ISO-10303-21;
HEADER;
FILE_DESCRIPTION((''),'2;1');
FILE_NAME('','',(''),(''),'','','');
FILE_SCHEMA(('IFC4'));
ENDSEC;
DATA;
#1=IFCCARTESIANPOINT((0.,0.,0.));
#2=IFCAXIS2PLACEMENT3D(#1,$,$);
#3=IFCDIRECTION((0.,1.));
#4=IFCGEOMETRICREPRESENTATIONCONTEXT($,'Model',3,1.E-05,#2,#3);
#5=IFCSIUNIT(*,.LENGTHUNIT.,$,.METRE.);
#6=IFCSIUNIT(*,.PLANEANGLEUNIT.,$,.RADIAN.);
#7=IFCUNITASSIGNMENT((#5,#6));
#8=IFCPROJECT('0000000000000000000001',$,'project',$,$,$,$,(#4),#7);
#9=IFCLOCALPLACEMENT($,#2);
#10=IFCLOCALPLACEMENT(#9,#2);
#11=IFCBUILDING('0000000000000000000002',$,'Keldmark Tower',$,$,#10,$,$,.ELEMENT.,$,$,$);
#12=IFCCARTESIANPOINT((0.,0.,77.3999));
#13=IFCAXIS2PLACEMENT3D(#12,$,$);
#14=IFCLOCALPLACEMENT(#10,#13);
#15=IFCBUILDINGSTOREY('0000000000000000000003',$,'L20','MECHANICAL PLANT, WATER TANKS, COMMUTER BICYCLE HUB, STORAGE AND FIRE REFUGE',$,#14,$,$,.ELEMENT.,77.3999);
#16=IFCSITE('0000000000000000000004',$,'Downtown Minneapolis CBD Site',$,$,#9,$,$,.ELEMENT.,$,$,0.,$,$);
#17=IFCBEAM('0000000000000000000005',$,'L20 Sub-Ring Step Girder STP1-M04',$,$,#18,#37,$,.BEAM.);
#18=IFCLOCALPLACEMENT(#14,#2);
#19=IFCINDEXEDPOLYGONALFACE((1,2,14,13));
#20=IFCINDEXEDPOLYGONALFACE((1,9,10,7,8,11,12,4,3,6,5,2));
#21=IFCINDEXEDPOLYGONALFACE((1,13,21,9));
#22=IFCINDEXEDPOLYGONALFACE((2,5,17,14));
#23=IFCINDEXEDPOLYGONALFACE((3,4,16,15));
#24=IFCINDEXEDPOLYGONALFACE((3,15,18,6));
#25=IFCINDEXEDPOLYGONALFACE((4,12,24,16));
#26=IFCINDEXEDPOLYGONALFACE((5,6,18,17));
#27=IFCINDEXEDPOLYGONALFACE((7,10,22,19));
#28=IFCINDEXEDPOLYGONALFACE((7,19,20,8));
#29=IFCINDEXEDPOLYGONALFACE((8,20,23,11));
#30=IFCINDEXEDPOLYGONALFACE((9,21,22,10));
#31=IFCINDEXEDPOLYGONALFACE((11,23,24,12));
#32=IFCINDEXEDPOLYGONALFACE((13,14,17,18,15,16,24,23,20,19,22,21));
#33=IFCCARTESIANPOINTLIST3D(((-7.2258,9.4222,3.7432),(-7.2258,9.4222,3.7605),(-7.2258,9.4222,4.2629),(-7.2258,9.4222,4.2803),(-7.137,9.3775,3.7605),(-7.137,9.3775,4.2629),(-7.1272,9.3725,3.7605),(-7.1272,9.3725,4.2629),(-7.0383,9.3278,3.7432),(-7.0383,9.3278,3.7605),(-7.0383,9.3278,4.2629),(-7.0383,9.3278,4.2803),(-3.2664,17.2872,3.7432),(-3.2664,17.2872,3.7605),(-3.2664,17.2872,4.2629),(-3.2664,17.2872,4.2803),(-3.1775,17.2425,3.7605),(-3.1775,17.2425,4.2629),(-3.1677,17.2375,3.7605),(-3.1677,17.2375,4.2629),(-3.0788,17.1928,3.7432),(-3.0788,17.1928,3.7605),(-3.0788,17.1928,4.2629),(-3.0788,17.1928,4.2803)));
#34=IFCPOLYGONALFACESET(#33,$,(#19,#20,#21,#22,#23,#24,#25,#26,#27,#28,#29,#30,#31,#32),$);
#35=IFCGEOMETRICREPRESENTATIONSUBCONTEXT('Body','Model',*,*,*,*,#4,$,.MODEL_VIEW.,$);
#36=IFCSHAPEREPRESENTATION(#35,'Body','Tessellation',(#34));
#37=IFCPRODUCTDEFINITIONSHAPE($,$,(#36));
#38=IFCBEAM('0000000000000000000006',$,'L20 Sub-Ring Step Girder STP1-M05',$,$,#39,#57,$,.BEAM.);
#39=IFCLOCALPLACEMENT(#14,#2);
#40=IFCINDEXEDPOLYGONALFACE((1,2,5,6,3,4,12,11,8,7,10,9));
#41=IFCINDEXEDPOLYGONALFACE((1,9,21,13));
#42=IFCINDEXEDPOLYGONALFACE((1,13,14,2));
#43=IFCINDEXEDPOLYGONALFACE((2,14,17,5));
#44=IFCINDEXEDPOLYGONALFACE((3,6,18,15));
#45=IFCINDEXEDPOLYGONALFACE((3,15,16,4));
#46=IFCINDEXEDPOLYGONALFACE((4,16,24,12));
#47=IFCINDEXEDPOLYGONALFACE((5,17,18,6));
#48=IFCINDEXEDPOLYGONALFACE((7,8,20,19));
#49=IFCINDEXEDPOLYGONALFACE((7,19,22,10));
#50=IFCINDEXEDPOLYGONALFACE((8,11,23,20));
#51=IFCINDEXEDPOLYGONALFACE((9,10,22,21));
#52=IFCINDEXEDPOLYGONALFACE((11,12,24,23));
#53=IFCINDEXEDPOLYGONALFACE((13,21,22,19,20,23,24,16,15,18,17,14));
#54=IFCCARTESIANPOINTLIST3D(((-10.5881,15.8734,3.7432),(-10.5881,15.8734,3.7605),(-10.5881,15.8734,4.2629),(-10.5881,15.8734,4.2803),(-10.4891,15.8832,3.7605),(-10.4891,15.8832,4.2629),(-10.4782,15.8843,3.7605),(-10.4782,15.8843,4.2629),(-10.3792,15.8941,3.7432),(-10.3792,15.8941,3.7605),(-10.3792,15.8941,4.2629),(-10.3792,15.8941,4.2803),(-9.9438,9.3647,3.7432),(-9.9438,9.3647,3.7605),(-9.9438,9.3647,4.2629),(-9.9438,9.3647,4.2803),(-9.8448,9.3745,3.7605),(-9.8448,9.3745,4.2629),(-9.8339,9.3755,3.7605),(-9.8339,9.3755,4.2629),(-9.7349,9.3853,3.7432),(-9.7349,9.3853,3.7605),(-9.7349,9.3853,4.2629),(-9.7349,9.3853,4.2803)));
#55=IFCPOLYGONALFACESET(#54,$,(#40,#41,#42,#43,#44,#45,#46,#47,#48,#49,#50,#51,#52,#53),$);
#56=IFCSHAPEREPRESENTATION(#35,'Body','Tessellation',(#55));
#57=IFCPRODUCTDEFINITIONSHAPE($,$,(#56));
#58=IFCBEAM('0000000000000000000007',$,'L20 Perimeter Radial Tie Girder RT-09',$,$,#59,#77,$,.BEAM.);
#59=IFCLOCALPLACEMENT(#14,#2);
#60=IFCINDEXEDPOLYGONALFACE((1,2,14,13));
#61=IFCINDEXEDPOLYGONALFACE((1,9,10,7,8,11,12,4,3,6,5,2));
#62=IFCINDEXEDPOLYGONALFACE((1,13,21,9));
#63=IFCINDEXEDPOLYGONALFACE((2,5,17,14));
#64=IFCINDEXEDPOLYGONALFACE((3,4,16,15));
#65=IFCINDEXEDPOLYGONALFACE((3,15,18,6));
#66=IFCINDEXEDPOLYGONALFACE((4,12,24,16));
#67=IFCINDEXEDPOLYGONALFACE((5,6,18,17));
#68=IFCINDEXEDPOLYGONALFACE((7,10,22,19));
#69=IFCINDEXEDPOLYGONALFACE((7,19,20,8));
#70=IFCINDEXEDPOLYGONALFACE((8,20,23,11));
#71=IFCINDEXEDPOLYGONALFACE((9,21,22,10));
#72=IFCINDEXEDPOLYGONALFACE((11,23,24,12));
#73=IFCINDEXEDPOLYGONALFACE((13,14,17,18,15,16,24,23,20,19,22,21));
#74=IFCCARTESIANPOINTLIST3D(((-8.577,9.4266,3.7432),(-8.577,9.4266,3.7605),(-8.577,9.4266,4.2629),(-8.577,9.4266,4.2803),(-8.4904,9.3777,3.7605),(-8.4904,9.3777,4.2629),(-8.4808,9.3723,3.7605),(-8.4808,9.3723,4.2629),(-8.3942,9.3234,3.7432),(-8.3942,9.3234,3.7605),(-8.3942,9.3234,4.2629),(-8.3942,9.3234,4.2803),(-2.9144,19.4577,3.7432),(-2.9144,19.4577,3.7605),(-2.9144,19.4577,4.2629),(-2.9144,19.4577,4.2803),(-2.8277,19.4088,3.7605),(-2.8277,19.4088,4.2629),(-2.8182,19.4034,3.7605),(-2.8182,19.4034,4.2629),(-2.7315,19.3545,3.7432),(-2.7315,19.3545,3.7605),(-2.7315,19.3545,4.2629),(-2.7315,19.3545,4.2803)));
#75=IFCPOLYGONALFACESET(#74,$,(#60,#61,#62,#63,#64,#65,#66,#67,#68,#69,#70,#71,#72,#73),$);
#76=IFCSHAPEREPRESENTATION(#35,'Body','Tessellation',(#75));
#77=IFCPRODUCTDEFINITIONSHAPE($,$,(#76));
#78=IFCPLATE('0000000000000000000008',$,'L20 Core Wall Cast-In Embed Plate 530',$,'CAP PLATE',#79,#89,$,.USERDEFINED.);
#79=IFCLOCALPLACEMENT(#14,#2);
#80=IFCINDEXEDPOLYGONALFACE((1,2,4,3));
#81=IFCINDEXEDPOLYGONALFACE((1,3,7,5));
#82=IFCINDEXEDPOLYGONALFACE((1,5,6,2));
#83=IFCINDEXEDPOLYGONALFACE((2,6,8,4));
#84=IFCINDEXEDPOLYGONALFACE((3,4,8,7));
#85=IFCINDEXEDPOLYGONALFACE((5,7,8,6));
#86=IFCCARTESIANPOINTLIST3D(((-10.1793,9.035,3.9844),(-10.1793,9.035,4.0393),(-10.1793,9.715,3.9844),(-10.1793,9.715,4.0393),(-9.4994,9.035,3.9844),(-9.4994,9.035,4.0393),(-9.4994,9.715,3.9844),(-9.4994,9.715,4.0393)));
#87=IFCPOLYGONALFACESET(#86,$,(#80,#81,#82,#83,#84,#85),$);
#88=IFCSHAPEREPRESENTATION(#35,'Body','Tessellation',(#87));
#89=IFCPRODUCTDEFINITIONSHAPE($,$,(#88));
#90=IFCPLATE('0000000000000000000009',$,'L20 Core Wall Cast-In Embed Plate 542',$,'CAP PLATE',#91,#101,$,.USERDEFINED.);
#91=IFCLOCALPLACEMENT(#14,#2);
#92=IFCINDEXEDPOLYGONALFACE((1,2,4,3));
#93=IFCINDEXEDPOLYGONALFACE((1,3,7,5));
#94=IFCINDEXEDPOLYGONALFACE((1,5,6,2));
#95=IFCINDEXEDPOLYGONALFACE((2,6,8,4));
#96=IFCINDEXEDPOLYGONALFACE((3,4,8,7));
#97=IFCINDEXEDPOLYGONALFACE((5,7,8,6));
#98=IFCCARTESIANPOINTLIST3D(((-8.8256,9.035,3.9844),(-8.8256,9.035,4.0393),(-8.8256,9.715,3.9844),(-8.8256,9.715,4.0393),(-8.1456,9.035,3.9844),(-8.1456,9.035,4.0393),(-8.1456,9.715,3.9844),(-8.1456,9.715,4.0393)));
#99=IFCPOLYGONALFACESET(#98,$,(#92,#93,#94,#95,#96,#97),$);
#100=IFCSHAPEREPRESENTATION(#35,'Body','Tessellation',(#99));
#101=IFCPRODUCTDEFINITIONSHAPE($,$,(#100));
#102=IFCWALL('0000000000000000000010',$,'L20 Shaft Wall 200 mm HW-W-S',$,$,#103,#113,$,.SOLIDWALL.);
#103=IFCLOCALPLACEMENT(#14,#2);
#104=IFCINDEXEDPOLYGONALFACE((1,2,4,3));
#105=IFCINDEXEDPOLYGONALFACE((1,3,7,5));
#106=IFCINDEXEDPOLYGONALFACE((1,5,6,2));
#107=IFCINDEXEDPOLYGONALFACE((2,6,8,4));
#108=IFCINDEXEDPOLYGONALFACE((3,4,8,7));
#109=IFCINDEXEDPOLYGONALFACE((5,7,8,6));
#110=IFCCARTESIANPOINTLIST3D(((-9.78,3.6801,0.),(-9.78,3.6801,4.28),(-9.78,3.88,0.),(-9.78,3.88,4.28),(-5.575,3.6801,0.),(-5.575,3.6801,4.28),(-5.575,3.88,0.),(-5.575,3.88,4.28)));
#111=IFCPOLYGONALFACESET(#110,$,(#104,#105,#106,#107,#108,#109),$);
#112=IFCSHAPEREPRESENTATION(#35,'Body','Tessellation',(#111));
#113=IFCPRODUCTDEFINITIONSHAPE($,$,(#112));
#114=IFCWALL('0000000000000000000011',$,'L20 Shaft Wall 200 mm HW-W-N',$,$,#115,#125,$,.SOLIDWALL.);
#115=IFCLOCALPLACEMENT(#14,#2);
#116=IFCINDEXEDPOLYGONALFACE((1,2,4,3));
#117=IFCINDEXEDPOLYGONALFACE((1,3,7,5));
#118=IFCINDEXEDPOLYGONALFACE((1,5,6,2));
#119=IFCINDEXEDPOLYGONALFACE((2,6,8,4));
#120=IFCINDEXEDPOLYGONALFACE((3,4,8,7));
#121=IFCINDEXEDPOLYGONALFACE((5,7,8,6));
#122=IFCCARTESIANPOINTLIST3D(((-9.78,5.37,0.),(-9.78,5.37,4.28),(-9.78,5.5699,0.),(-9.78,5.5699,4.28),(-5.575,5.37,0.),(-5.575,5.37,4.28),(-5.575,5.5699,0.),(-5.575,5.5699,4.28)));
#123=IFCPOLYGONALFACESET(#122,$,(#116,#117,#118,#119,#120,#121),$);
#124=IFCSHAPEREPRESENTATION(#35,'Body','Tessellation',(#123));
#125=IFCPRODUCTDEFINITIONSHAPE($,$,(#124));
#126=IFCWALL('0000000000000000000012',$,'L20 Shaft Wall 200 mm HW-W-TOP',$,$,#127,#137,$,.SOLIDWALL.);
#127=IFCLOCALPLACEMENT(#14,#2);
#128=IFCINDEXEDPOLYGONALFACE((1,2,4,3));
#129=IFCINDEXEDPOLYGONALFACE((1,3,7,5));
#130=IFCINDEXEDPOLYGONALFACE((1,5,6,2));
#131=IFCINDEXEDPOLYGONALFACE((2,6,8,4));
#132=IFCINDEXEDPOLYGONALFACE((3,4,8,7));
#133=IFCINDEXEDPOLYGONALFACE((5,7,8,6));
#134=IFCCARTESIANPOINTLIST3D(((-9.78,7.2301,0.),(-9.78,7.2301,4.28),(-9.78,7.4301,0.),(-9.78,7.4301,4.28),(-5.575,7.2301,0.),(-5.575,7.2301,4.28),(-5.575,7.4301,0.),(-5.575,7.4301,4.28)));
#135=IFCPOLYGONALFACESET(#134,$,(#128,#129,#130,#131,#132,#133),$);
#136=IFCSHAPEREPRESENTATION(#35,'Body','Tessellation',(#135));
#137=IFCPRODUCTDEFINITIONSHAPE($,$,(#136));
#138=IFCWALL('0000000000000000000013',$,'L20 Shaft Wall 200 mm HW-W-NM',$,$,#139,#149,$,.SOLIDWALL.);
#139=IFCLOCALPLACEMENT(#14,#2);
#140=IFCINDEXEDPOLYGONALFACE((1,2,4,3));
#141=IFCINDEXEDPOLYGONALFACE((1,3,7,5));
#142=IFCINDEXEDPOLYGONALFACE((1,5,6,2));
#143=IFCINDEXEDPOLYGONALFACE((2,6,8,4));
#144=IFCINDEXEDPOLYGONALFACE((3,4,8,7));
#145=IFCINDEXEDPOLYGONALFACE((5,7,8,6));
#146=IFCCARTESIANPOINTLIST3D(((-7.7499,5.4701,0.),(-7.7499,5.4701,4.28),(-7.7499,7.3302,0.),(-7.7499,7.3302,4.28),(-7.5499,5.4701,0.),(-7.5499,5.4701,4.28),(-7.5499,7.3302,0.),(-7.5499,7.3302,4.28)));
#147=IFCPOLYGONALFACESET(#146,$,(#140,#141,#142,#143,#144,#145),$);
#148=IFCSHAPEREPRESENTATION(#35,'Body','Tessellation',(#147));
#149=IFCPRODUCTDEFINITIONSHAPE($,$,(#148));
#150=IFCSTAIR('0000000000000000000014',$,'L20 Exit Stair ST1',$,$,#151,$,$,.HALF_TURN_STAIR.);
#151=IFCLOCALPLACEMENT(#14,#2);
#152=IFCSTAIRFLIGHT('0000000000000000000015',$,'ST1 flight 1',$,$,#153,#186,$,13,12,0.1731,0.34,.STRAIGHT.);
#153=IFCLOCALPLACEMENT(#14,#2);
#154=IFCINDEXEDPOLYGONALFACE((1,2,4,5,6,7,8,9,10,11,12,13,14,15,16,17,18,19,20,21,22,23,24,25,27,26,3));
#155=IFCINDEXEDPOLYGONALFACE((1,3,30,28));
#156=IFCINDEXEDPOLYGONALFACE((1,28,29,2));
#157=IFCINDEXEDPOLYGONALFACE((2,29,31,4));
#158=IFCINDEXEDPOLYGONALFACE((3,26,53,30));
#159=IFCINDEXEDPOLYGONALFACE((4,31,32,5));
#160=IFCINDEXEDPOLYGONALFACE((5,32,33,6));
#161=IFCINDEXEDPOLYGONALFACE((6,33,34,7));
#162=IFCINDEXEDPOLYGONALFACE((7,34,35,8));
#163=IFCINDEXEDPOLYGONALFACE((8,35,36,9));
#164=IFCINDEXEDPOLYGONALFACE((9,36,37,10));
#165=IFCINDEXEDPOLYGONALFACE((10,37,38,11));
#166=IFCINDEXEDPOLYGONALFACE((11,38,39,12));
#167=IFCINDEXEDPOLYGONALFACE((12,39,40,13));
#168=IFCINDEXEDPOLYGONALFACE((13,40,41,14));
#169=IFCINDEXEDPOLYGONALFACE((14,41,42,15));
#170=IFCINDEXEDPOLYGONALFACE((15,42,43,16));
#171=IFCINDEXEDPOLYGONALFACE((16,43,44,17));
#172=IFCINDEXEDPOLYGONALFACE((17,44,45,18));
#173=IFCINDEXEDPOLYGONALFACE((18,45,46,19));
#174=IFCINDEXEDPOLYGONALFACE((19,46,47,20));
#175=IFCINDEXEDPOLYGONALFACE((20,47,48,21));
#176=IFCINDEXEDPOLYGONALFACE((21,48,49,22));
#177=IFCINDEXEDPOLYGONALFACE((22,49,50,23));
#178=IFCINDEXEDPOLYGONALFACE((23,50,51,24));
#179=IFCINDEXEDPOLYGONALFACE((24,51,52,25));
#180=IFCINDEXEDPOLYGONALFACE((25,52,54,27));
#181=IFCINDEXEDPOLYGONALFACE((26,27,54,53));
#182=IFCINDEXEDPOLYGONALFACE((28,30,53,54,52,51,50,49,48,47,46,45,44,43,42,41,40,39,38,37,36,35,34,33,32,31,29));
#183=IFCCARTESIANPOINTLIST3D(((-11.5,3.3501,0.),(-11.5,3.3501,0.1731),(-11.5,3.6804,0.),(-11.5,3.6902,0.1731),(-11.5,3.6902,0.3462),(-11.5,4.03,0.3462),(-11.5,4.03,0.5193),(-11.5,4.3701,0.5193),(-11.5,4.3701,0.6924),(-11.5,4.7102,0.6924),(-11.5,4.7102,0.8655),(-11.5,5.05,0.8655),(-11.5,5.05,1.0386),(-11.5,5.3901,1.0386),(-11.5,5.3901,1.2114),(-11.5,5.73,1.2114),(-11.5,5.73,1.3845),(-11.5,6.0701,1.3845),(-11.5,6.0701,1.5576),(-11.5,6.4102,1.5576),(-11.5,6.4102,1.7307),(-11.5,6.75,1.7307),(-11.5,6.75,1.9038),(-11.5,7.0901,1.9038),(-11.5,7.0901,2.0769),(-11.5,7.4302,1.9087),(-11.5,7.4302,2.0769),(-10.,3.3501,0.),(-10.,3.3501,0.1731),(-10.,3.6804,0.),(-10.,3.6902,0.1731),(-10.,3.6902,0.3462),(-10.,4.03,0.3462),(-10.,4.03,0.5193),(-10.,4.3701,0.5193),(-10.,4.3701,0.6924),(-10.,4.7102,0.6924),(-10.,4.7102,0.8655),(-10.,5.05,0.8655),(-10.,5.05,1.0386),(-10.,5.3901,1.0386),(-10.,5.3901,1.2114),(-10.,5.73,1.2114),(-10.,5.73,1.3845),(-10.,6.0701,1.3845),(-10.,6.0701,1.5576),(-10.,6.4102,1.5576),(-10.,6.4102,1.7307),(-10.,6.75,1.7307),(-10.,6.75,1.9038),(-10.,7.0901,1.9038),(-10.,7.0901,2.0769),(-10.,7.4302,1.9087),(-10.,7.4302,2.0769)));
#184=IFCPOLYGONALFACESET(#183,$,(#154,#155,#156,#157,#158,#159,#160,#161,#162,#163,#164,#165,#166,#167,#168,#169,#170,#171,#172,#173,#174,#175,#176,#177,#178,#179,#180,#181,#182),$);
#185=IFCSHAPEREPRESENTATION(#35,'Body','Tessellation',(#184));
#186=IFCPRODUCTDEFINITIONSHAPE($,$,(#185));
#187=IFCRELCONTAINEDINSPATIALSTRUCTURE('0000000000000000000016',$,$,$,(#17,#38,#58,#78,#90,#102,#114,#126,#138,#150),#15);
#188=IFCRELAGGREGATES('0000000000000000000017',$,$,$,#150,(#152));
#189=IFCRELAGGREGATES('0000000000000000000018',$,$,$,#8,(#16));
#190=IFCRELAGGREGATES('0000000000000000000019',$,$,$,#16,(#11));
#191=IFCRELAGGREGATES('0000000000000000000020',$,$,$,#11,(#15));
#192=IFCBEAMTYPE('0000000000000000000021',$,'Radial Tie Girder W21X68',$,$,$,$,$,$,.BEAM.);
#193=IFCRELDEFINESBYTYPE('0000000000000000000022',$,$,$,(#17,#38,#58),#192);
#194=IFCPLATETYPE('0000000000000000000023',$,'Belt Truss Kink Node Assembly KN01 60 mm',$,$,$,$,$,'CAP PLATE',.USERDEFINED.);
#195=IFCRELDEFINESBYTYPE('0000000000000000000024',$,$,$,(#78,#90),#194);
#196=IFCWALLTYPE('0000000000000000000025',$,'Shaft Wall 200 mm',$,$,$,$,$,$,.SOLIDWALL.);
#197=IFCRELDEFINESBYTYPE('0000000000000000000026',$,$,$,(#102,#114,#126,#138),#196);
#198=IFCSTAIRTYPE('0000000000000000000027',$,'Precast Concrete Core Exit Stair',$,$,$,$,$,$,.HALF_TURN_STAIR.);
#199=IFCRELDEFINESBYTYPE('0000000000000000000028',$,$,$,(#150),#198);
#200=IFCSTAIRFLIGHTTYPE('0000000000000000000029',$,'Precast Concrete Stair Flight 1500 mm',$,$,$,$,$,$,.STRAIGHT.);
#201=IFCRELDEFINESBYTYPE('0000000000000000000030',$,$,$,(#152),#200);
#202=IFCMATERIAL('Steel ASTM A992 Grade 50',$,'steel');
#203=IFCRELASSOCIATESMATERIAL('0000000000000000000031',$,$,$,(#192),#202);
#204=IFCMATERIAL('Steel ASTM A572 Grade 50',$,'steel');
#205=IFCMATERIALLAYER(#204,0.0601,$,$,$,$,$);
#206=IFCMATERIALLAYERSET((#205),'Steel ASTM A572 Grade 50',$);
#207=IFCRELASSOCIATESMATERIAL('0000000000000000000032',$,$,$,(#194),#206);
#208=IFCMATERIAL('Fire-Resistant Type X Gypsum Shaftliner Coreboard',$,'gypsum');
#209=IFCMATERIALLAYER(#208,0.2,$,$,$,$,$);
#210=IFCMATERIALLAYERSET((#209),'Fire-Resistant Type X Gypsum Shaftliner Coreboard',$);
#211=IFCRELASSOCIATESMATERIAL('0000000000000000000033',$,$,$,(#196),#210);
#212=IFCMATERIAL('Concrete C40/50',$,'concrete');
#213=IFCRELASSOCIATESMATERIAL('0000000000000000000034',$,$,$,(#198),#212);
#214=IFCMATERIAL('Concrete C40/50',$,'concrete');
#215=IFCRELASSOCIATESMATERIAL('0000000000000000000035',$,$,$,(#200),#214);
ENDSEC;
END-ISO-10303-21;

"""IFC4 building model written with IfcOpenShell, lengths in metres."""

from ifc_helpers import new_model, si_unit, direction, frame, frame_2d, origin, origin_2d, place, context, subcontext, project, spatial, polyline, rectangle, i_section, outline, extrude, material, layer, layer_set, material_profile, profile_set, type_object, element, aggregate, save


model = new_model("IFC4")

# Units and contexts
model_context = context("Model", 3, precision=1e-05, world=origin(), true_north=direction((0.0, 1.0)))
body_context = subcontext(model_context, "Body", "Model", "MODEL_VIEW")
ifc_project = project(units=[si_unit("LENGTHUNIT", "METRE"), si_unit("PLANEANGLEUNIT", "RADIAN")], contexts=[model_context])

# Site, building, storey
site_placement = place(None, origin())
site = spatial("IfcSite", under=ifc_project, at=site_placement, Name="Downtown Minneapolis CBD Site", CompositionType="ELEMENT", RefElevation=0.0)
building_placement = place(site_placement, origin())
building = spatial("IfcBuilding", under=site, at=building_placement, Name="Keldmark Tower", CompositionType="ELEMENT")
storey_placement = place(building_placement, frame((0.0, 0.0, 77.3999)))
storey = spatial("IfcBuildingStorey", under=building, at=storey_placement, Name="L20", Description="MECHANICAL PLANT, WATER TANKS, COMMUTER BICYCLE HUB, STORAGE AND FIRE REFUGE", CompositionType="ELEMENT", Elevation=77.3999)

# Beams
ifc_material_1 = material(Name="Steel ASTM A992 Grade 50", Category="steel")
ifc_material_profile = material_profile(ifc_material_1, i_section(OverallWidth=0.21, OverallDepth=0.5371, WebThickness=0.011, FlangeThickness=0.0173, at=origin_2d()), Name="W21X68")
ifc_profile_set = profile_set([ifc_material_profile], Name="Steel ASTM A992 Grade 50")
beam_type = type_object("IfcBeamType", Name="Radial Tie Girder W21X68", PredefinedType="BEAM", material=ifc_profile_set)
beam_1_placement = place(storey_placement, frame((-7.1321, 9.375, 4.0117), z_axis=(0.449663, 0.893198, 0.0), x_axis=(-0.893198, 0.449663, 0.0)))
element("IfcBeam", 1, at=beam_1_placement, inside=storey, type_object=beam_type, Name="L20 Sub-Ring Step Girder STP1-M04", PredefinedType="BEAM", context=body_context, shape_type="SweptSolid", body=[
    extrude(i_section(OverallWidth=0.21, OverallDepth=0.5371, WebThickness=0.011, FlangeThickness=0.0173, at=origin_2d()), origin(), (0.0, 0.0, 1.0), 8.8054),
])
beam_2_placement = place(storey_placement, frame((-9.8394, 9.375, 4.0117), z_axis=(-0.098506, 0.995136, 0.0), x_axis=(-0.995136, -0.098506, 0.0)))
element("IfcBeam", 2, at=beam_2_placement, inside=storey, type_object=beam_type, Name="L20 Sub-Ring Step Girder STP1-M05", PredefinedType="BEAM", context=body_context, shape_type="SweptSolid", body=[
    extrude(i_section(OverallWidth=0.21, OverallDepth=0.5371, WebThickness=0.011, FlangeThickness=0.0173, at=origin_2d()), origin(), (0.0, 0.0, 1.0), 6.5405),
])
beam_3_placement = place(storey_placement, frame((-8.4856, 9.375, 4.0117), z_axis=(0.49159, 0.870827, 0.0), x_axis=(-0.870827, 0.49159, 0.0)))
element("IfcBeam", 3, at=beam_3_placement, inside=storey, type_object=beam_type, Name="L20 Perimeter Radial Tie Girder RT-09", PredefinedType="BEAM", context=body_context, shape_type="SweptSolid", body=[
    extrude(i_section(OverallWidth=0.21, OverallDepth=0.5371, WebThickness=0.011, FlangeThickness=0.0173, at=origin_2d()), origin(), (0.0, 0.0, 1.0), 11.519),
])

# Plates
ifc_material_2 = material(Name="Steel ASTM A572 Grade 50", Category="steel")
ifc_layer_1 = layer(ifc_material_2, 0.0601)
ifc_layer_set_1 = layer_set([ifc_layer_1], Name="Steel ASTM A572 Grade 50")
plate_type = type_object("IfcPlateType", Name="Belt Truss Kink Node Assembly KN01 60 mm", ElementType="CAP PLATE", PredefinedType="USERDEFINED", material=ifc_layer_set_1)
for number, where, z_axis, x_axis, name in (
    (4, (-9.8394, 9.375, 3.9844), (0.0, 0.0, 1.0), (1.0, 0.0, 0.0), "L20 Core Wall Cast-In Embed Plate 530"),
    (5, (-8.4856, 9.375, 3.9844), (0.0, 0.0, 1.0), (1.0, 0.0, 0.0), "L20 Core Wall Cast-In Embed Plate 542"),
):
    element("IfcPlate", number, at=place(storey_placement, frame(where, z_axis=z_axis, x_axis=x_axis)), inside=storey, type_object=plate_type, Name=name, ObjectType="CAP PLATE", PredefinedType="USERDEFINED", context=body_context, shape_type="SweptSolid", body=[
        extrude(rectangle(XDim=0.6799, YDim=0.6799, at=origin_2d()), origin(), (0.0, 0.0, 1.0), 0.0549),
    ])

# Walls
ifc_material_3 = material(Name="Fire-Resistant Type X Gypsum Shaftliner Coreboard", Category="gypsum")
ifc_layer_2 = layer(ifc_material_3, 0.2)
ifc_layer_set_2 = layer_set([ifc_layer_2], Name="Fire-Resistant Type X Gypsum Shaftliner Coreboard")
wall_type = type_object("IfcWallType", Name="Shaft Wall 200 mm", PredefinedType="SOLIDWALL", material=ifc_layer_set_2)
for number, where, z_axis, x_axis, name in (
    (6, (-9.78, 3.78, 0.0), (0.0, 0.0, 1.0), (1.0, 0.0, 0.0), "L20 Shaft Wall 200 mm HW-W-S"),
    (7, (-9.78, 5.47, 0.0), (0.0, 0.0, 1.0), (1.0, 0.0, 0.0), "L20 Shaft Wall 200 mm HW-W-N"),
    (8, (-9.78, 7.3301, 0.0), (0.0, 0.0, 1.0), (1.0, 0.0, 0.0), "L20 Shaft Wall 200 mm HW-W-TOP"),
):
    element("IfcWall", number, at=place(storey_placement, frame(where, z_axis=z_axis, x_axis=x_axis)), inside=storey, type_object=wall_type, Name=name, PredefinedType="SOLIDWALL", context=body_context, shape_type="SweptSolid", body=[
        extrude(rectangle(XDim=4.2051, YDim=0.2, at=frame_2d((2.1025, 0.0))), origin(), (0.0, 0.0, 1.0), 4.28),
    ])
wall_placement = place(storey_placement, frame((-7.6499, 5.47, 0.0), z_axis=(0.0, 0.0, 1.0), x_axis=(0.0, 1.0, 0.0)))
element("IfcWall", 9, at=wall_placement, inside=storey, type_object=wall_type, Name="L20 Shaft Wall 200 mm HW-W-NM", PredefinedType="SOLIDWALL", context=body_context, shape_type="SweptSolid", body=[
    extrude(rectangle(XDim=1.8601, YDim=0.2, at=frame_2d((0.9302, 0.0))), origin(), (0.0, 0.0, 1.0), 4.28),
])

# Stair, stair flight
ifc_material_4 = material(Name="Concrete C40/50", Category="concrete")
stair_type = type_object("IfcStairType", Name="Precast Concrete Core Exit Stair", PredefinedType="HALF_TURN_STAIR", material=ifc_material_4)
stair_placement = place(storey_placement, origin())
stair = element("IfcStair", 10, at=stair_placement, inside=storey, type_object=stair_type, Name="L20 Exit Stair ST1", PredefinedType="HALF_TURN_STAIR")
ifc_material_5 = material(Name="Concrete C40/50", Category="concrete")
stair_flight_type = type_object("IfcStairFlightType", Name="Precast Concrete Stair Flight 1500 mm", PredefinedType="STRAIGHT", material=ifc_material_5)
stair_flight_1_placement = place(storey_placement, frame((-10.75, 3.3501, 0.0), z_axis=(0.0, 0.0, 1.0), x_axis=(0.0, 1.0, 0.0)))
stair_flight_1 = element("IfcStairFlight", 11, at=stair_flight_1_placement, type_object=stair_flight_type, Name="ST1 flight 1", NumberOfRisers=13, NumberOfTreads=12, PredefinedType="STRAIGHT", RiserHeight=0.1731, TreadLength=0.34, context=body_context, shape_type="SweptSolid", body=[
    extrude(outline(polyline([(0.0, 0.0), (0.0, 0.1731), (0.3401, 0.1731), (0.3401, 0.3462), (0.6799, 0.3462), (0.6799, 0.5193), (1.02, 0.5193), (1.02, 0.6924), (1.3601, 0.6924), (1.3601, 0.8655), (1.7, 0.8655), (1.7, 1.0386), (2.04, 1.0386), (2.04, 1.2114), (2.3799, 1.2114), (2.3799, 1.3845), (2.72, 1.3845), (2.72, 1.5576), (3.0601, 1.5576), (3.0601, 1.7307), (3.3999, 1.7307), (3.3999, 1.9038), (3.74, 1.9038), (3.74, 2.0769), (4.0801, 2.0769), (4.0801, 2.25), (4.0801, 1.9087), (0.3303, 0.0), (0.0, 0.0)])), frame((0.0, 0.75, 0.0), z_axis=(0.0, -1.0, 0.0), x_axis=(1.0, 0.0, 0.0)), (0.0, 0.0, 1.0), 1.5),
])
aggregate(stair, [stair_flight_1])

save(model, "model.ifc")
